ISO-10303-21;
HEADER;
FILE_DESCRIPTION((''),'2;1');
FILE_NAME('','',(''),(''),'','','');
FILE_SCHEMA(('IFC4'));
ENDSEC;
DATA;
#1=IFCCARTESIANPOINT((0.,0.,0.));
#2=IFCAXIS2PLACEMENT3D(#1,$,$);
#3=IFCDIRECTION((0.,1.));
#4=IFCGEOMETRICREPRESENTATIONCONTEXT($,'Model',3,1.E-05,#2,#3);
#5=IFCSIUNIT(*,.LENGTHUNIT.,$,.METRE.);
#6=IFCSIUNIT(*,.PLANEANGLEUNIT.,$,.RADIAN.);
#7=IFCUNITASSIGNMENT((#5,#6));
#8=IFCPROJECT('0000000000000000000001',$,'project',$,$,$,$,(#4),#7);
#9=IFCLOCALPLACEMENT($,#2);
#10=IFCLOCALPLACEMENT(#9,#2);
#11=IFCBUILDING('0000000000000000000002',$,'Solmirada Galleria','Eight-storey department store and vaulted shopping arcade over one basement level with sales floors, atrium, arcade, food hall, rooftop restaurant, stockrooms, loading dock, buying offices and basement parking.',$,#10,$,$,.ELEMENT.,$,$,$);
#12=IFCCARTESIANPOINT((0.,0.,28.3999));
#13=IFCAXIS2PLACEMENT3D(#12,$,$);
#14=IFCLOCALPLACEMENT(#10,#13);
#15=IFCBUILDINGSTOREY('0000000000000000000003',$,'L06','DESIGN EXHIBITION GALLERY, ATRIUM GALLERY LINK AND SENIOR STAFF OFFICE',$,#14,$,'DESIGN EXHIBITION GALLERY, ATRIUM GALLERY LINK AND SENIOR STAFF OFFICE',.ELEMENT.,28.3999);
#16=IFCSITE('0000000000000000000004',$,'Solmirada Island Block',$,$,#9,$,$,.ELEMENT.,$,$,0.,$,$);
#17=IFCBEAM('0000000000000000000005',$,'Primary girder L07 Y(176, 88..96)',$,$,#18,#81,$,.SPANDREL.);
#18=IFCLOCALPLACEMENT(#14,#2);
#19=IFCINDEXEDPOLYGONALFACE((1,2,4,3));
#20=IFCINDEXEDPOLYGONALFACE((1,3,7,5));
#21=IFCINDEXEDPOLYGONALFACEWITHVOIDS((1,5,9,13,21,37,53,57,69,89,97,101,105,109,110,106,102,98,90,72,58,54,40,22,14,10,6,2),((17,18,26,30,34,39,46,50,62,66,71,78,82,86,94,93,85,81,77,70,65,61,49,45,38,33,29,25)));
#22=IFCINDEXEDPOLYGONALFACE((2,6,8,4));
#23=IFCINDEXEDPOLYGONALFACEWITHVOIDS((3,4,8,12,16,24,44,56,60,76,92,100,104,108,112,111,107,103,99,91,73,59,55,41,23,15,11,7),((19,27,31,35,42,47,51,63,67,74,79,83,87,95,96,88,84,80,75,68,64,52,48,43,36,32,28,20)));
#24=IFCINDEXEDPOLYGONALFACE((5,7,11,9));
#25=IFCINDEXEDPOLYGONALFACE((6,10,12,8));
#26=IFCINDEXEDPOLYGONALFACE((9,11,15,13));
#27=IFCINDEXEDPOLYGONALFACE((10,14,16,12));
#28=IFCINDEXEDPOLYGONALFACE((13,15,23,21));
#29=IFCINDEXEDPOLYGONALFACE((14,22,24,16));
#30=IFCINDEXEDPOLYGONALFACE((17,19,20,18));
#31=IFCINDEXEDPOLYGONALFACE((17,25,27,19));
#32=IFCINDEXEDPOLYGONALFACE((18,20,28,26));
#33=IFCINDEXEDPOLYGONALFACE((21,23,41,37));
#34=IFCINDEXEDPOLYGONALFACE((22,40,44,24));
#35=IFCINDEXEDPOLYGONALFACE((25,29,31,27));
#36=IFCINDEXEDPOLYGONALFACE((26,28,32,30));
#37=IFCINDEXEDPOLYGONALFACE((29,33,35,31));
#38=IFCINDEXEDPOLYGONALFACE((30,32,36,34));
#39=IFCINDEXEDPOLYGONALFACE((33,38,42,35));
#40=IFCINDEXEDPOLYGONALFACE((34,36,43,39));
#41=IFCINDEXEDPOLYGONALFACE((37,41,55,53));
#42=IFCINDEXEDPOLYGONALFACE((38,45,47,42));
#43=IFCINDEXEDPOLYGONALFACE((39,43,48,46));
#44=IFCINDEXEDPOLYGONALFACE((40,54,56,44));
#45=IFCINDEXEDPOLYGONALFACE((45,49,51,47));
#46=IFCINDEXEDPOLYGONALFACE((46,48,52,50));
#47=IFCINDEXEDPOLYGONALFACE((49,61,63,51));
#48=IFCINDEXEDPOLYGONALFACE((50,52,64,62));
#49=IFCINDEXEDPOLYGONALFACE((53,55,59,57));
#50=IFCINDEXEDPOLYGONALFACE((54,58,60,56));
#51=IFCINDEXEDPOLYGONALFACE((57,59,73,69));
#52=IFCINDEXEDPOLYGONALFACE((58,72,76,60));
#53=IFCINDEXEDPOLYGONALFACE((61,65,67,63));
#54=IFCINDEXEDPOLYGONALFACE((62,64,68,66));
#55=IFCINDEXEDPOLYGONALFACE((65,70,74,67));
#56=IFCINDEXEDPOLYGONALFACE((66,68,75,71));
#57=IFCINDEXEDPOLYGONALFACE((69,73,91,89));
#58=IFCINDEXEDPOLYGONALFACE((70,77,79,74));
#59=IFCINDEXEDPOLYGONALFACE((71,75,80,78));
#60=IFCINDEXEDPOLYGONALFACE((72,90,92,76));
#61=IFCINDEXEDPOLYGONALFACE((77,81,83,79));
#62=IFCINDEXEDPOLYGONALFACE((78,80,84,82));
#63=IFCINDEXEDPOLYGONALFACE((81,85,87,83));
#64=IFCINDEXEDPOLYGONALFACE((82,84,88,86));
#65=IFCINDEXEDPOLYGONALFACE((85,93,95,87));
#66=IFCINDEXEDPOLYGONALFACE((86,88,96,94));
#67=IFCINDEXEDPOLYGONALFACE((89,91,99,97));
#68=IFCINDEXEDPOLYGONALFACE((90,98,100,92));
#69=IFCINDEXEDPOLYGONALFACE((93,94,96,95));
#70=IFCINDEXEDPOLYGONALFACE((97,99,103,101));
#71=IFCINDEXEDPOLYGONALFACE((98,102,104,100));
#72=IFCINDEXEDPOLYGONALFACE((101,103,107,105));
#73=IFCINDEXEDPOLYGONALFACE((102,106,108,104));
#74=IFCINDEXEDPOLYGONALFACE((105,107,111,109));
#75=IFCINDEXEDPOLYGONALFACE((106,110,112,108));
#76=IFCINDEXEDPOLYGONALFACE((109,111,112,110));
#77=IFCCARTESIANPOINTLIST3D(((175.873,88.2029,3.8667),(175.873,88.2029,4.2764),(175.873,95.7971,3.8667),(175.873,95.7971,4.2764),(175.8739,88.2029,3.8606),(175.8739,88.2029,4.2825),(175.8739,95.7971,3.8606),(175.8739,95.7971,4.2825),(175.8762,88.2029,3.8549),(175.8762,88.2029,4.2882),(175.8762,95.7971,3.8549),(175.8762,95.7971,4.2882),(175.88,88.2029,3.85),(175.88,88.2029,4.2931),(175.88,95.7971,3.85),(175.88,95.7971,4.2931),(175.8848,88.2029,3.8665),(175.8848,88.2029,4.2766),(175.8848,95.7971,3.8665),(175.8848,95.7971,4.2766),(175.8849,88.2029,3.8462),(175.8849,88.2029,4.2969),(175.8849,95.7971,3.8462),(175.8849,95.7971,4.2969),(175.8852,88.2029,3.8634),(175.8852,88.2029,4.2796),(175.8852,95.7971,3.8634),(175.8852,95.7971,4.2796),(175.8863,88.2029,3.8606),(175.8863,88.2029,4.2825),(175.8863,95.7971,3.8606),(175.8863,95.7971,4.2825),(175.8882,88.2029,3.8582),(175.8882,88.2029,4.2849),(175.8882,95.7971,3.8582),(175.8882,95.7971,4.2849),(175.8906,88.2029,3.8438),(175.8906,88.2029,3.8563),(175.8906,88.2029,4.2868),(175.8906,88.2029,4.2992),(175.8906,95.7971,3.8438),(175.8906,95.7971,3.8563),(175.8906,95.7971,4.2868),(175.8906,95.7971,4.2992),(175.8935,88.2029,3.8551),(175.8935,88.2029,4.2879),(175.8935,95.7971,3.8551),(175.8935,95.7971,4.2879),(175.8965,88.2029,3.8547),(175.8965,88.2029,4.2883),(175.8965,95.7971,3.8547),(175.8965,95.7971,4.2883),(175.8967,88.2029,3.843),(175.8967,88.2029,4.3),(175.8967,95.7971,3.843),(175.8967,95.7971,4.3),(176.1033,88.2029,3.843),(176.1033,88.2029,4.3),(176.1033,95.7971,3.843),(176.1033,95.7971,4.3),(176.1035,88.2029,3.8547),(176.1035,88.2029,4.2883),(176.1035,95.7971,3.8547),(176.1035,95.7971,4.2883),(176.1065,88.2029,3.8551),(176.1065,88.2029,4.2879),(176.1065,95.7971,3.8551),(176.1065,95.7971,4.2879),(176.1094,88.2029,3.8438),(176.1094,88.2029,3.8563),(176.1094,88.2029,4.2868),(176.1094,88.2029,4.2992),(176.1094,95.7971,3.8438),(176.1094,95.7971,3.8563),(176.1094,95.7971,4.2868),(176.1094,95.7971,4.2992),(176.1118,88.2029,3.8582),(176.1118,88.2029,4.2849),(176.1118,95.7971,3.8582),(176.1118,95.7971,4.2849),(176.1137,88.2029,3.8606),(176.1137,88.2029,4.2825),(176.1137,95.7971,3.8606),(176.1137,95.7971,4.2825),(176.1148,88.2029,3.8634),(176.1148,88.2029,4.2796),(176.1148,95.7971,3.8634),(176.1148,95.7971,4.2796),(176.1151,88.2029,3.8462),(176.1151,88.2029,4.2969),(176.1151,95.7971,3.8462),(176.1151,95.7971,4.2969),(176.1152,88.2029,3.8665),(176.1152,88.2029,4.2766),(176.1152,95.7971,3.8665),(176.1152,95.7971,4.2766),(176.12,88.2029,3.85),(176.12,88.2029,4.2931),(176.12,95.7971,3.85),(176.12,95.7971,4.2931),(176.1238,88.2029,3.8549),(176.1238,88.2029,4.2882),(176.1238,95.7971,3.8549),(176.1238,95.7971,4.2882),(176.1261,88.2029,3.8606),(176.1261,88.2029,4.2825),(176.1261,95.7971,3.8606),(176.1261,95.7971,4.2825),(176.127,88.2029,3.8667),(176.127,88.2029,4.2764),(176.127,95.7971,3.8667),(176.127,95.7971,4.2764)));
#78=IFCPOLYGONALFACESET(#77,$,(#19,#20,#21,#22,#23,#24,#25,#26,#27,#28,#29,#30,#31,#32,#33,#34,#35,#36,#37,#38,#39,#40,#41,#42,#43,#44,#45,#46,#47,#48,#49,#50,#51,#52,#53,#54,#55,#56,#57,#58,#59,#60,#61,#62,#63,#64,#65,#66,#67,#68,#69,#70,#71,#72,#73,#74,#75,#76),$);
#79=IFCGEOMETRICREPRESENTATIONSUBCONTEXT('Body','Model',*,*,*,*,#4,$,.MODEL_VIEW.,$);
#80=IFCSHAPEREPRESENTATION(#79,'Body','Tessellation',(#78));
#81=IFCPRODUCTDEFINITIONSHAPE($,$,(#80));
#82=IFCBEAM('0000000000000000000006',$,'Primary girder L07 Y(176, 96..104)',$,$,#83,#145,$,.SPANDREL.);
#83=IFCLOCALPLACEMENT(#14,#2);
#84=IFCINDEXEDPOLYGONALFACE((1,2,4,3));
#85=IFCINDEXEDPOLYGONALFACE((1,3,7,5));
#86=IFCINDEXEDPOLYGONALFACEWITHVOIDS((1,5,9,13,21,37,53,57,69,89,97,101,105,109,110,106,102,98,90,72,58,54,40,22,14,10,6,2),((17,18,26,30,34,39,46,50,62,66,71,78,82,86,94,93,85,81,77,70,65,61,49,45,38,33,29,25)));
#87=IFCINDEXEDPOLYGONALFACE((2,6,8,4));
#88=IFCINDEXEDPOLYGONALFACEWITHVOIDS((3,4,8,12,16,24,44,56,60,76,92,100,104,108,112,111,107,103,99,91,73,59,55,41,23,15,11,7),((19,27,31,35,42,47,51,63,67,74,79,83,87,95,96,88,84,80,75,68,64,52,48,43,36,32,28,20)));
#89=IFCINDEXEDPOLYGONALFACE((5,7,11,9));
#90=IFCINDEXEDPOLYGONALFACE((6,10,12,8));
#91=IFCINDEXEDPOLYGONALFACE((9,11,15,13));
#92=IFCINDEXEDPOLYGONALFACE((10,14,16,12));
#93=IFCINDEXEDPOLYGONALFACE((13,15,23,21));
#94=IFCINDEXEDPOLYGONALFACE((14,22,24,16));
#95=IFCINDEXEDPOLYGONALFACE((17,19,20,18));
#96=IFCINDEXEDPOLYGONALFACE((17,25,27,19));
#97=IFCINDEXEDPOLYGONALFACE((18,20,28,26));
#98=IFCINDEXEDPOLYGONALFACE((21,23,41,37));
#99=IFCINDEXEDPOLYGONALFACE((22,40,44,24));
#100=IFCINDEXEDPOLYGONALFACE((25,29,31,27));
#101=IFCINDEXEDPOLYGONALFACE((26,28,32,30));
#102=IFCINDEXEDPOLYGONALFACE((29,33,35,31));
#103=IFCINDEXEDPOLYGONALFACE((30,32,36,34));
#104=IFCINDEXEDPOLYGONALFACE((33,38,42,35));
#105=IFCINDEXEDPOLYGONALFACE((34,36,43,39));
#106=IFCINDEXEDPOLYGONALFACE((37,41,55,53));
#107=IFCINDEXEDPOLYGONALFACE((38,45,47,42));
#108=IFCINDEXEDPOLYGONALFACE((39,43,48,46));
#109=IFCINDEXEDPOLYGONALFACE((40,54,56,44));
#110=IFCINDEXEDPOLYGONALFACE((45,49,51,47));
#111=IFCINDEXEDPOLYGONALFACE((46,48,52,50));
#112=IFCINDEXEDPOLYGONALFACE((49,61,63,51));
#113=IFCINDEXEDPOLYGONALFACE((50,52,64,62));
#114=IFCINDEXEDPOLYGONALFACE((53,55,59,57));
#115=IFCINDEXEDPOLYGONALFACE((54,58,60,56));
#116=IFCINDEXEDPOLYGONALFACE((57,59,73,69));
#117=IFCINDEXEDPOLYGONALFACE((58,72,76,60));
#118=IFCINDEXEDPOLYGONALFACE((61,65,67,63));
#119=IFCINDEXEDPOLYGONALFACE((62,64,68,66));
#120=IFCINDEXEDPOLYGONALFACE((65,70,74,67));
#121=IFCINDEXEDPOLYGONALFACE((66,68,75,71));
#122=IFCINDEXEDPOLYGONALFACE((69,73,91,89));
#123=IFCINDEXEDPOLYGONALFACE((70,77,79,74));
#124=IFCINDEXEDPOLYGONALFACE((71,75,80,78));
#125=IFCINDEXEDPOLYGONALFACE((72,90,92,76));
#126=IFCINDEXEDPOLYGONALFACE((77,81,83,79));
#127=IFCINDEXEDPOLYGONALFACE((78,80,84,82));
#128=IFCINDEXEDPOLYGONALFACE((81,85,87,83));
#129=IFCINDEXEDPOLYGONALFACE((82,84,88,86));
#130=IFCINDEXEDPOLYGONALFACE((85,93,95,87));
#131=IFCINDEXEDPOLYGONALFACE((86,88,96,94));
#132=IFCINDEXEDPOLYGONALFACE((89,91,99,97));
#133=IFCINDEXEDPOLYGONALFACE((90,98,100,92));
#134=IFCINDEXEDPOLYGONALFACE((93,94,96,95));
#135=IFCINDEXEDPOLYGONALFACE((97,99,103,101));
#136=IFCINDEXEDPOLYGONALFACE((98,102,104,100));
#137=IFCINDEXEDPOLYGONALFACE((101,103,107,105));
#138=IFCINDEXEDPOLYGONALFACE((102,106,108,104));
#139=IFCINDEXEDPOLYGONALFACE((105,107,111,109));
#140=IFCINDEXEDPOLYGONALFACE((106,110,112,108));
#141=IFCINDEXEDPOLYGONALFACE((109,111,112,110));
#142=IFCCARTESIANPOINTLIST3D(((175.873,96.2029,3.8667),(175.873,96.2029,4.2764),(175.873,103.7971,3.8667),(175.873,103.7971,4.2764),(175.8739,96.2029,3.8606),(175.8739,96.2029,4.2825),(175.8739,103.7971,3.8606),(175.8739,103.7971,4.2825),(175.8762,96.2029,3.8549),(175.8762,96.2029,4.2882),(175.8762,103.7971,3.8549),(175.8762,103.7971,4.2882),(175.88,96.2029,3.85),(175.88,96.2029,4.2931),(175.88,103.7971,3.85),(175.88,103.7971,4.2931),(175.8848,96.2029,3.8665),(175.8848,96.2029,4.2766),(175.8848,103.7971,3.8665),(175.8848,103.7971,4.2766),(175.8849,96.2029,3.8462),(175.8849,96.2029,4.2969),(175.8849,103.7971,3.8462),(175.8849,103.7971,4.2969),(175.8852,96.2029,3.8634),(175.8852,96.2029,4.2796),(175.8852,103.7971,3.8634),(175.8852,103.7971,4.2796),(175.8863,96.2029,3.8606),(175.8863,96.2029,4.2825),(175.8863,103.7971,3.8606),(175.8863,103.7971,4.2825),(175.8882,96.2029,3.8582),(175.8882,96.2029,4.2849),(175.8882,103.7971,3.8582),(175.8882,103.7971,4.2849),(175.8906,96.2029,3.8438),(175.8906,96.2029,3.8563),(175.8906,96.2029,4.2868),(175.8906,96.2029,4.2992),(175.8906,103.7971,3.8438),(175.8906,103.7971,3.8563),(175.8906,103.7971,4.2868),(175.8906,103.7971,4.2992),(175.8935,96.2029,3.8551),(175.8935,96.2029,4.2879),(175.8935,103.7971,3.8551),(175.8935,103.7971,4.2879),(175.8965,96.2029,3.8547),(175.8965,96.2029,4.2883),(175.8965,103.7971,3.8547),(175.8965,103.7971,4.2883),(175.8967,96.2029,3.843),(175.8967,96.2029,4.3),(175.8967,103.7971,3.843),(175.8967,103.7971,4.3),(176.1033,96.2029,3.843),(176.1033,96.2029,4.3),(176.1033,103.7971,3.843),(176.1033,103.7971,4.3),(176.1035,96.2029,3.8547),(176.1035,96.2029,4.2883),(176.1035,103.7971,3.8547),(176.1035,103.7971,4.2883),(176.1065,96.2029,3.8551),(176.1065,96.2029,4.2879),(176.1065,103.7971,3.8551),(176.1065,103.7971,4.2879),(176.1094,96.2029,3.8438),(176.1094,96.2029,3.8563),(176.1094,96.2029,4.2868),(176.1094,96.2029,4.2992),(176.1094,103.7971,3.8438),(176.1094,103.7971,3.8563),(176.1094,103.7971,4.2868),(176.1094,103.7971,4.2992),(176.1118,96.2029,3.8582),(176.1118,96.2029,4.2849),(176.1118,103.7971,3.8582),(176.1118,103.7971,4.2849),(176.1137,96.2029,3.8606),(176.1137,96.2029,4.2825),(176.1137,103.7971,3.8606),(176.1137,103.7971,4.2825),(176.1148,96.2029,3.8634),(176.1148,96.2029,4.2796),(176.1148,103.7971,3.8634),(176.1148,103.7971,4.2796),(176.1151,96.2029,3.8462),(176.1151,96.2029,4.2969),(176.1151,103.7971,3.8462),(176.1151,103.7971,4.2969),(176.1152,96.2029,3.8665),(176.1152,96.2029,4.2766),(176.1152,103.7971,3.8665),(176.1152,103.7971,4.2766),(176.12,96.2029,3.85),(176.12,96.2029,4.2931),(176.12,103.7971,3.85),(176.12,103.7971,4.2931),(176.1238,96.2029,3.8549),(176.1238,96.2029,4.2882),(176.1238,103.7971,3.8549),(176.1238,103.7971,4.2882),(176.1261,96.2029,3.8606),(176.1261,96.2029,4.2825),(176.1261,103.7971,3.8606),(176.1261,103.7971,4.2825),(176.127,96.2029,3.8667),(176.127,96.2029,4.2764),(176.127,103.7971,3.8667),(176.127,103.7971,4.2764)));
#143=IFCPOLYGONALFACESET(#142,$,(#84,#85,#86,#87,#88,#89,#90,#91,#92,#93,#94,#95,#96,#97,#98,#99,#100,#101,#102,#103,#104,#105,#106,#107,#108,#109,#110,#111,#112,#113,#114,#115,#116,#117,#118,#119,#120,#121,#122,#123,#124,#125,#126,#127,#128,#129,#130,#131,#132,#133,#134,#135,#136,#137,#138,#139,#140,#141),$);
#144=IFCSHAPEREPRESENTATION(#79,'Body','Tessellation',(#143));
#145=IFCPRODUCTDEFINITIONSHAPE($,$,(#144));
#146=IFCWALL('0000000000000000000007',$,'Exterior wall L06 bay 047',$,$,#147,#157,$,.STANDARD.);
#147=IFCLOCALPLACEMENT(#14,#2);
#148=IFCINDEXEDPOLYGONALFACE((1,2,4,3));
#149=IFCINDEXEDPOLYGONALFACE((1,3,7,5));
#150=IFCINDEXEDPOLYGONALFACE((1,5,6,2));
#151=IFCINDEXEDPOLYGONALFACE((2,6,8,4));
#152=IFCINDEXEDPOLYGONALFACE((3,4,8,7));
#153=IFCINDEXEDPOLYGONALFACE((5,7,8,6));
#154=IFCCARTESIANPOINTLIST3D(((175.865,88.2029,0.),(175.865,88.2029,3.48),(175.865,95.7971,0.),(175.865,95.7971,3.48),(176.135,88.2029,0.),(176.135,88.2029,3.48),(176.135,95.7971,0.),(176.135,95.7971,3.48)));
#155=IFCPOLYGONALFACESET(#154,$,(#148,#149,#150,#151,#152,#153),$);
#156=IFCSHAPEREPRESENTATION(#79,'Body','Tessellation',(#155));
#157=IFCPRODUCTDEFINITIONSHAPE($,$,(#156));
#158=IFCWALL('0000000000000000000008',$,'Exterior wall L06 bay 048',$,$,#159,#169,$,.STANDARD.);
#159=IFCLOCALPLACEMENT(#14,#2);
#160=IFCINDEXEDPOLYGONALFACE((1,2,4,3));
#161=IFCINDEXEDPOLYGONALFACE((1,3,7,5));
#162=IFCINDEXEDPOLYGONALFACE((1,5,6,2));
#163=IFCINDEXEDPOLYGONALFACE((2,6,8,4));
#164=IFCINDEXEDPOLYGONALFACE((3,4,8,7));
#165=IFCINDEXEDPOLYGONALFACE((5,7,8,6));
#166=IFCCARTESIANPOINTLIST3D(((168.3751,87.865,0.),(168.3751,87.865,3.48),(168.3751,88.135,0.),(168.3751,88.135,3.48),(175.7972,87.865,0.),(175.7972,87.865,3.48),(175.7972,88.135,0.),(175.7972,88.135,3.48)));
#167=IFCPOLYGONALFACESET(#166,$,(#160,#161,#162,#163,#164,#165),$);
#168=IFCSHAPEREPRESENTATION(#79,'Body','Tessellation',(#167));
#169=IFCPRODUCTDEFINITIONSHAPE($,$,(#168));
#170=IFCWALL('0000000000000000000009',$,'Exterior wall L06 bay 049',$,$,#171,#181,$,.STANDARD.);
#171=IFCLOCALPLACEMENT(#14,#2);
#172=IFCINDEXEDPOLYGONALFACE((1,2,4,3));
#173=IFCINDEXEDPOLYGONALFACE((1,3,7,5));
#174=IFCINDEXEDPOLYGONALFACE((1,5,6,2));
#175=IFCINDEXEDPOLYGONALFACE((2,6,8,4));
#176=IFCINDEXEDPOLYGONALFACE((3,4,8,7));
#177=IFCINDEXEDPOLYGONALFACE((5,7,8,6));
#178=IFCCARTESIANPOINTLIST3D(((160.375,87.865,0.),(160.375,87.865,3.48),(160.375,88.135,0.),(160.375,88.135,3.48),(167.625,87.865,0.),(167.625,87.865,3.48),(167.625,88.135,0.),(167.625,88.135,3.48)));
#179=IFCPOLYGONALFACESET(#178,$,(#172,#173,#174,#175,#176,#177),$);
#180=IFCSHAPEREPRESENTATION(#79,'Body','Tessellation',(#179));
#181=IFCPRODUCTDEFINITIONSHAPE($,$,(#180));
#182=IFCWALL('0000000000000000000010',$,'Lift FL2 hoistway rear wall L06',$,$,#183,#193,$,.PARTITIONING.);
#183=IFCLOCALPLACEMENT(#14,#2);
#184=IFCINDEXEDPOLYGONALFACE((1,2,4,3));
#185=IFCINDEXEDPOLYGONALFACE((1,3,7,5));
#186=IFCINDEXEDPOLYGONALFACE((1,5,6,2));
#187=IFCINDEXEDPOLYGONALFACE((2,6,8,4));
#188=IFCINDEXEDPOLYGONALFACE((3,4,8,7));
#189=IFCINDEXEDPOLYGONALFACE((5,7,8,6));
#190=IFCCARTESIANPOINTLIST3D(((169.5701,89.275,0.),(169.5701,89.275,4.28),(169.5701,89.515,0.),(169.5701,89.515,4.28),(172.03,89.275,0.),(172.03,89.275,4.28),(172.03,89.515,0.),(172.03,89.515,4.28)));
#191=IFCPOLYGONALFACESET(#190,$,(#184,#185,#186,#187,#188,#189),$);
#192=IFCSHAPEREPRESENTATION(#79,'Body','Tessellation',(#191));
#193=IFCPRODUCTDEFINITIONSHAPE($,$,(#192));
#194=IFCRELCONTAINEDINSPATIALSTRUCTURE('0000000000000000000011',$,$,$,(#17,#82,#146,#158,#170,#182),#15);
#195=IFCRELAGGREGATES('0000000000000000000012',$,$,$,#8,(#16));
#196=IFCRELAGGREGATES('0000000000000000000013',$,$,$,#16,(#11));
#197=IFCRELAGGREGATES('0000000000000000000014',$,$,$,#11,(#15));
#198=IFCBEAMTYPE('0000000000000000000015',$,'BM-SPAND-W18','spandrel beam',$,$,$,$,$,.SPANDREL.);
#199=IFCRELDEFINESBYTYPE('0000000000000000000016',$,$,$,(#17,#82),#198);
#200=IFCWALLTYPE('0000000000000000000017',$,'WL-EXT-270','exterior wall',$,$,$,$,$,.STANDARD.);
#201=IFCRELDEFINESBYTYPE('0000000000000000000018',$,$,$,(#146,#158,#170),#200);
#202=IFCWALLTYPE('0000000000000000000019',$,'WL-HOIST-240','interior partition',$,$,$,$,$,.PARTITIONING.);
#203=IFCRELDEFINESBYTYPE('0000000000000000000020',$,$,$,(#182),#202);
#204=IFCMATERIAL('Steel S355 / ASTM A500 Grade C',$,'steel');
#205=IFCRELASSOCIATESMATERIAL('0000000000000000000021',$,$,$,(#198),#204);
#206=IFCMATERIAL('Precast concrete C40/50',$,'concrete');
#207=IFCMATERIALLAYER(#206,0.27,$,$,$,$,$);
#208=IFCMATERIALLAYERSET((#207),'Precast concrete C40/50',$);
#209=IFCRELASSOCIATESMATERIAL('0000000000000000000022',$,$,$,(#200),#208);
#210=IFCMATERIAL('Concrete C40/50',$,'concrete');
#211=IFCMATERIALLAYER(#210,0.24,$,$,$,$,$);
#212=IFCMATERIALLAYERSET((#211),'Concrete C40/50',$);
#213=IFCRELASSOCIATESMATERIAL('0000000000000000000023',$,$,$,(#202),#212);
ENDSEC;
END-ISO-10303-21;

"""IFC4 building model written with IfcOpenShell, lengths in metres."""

from ifc_helpers import new_model, si_unit, direction, frame, frame_2d, origin, origin_2d, place, context, subcontext, project, spatial, rectangle, hollow_rectangle, extrude, material, layer, layer_set, material_profile, profile_set, type_object, element, save


model = new_model("IFC4")

# Units and contexts
model_context = context("Model", 3, precision=1e-05, world=origin(), true_north=direction((0.0, 1.0)))
body_context = subcontext(model_context, "Body", "Model", "MODEL_VIEW")
ifc_project = project(units=[si_unit("LENGTHUNIT", "METRE"), si_unit("PLANEANGLEUNIT", "RADIAN")], contexts=[model_context])

# Site, building, storey
site_placement = place(None, origin())
site = spatial("IfcSite", under=ifc_project, at=site_placement, Name="Solmirada Island Block", CompositionType="ELEMENT", RefElevation=0.0)
building_placement = place(site_placement, origin())
building = spatial("IfcBuilding", under=site, at=building_placement, Name="Solmirada Galleria", Description="Eight-storey department store and vaulted shopping arcade over one basement level with sales floors, atrium, arcade, food hall, rooftop restaurant, stockrooms, loading dock, buying offices and basement parking.", CompositionType="ELEMENT")
storey_placement = place(building_placement, frame((0.0, 0.0, 28.3999)))
storey = spatial("IfcBuildingStorey", under=building, at=storey_placement, Name="L06", Description="DESIGN EXHIBITION GALLERY, ATRIUM GALLERY LINK AND SENIOR STAFF OFFICE", LongName="DESIGN EXHIBITION GALLERY, ATRIUM GALLERY LINK AND SENIOR STAFF OFFICE", CompositionType="ELEMENT", Elevation=28.3999)

# Shared definitions
ifc_material_1 = material(Name="Steel S355 / ASTM A500 Grade C", Category="steel")
ifc_material_2 = material(Name="Concrete C40/50", Category="concrete")

# Beams
ifc_material_profile_1 = material_profile(ifc_material_1, hollow_rectangle(XDim=0.2539, YDim=0.457, WallThickness=0.0117, InnerFilletRadius=0.0117, OuterFilletRadius=0.0237, at=origin_2d()), Name="HSS18X10X1/2")
ifc_profile_set_1 = profile_set([ifc_material_profile_1], Name="Steel S355 / ASTM A500 Grade C")
beam_type_1 = type_object("IfcBeamType", Name="BM-SPAND-W18", Description="spandrel beam", PredefinedType="SPANDREL", material=ifc_profile_set_1)
for number, where, z_axis, x_axis, name in (
    (1, (176.0, 88.2029, 4.0715), (0.0, 1.0, 0.0), (-1.0, 0.0, 0.0), "Primary girder L07 Y(176, 88..96)"),
    (2, (176.0, 96.2029, 4.0715), (0.0, 1.0, 0.0), (-1.0, 0.0, 0.0), "Primary girder L07 Y(176, 96..104)"),
):
    element("IfcBeam", number, at=place(storey_placement, frame(where, z_axis=z_axis, x_axis=x_axis)), inside=storey, type_object=beam_type_1, Name=name, PredefinedType="SPANDREL", context=body_context, shape_type="SweptSolid", body=[
        extrude(hollow_rectangle(XDim=0.2539, YDim=0.457, WallThickness=0.0117, InnerFilletRadius=0.0117, OuterFilletRadius=0.0237, at=origin_2d()), origin(), (0.0, 0.0, 1.0), 7.5942),
    ])

# Walls
ifc_material_3 = material(Name="Precast concrete C40/50", Category="concrete")
ifc_layer_1 = layer(ifc_material_3, 0.27)
ifc_layer_set_1 = layer_set([ifc_layer_1], Name="Precast concrete C40/50")
wall_type_1 = type_object("IfcWallType", Name="WL-EXT-270", Description="exterior wall", PredefinedType="STANDARD", material=ifc_layer_set_1)
wall_1_placement = place(storey_placement, frame((176.0, 95.7971, 0.0), z_axis=(0.0, 0.0, 1.0), x_axis=(0.0, -1.0, 0.0)))
element("IfcWall", 3, at=wall_1_placement, inside=storey, type_object=wall_type_1, Name="Exterior wall L06 bay 047", PredefinedType="STANDARD", context=body_context, shape_type="SweptSolid", body=[
    extrude(rectangle(XDim=7.5942, YDim=0.27, at=frame_2d((3.7971, 0.0))), origin(), (0.0, 0.0, 1.0), 3.48),
])
wall_2_placement = place(storey_placement, frame((175.7971, 88.0, 0.0), z_axis=(0.0, 0.0, 1.0), x_axis=(-1.0, 0.0, 0.0)))
element("IfcWall", 4, at=wall_2_placement, inside=storey, type_object=wall_type_1, Name="Exterior wall L06 bay 048", PredefinedType="STANDARD", context=body_context, shape_type="SweptSolid", body=[
    extrude(rectangle(XDim=7.4221, YDim=0.27, at=frame_2d((3.7109, 0.0))), origin(), (0.0, 0.0, 1.0), 3.48),
])
wall_3_placement = place(storey_placement, frame((167.625, 88.0, 0.0), z_axis=(0.0, 0.0, 1.0), x_axis=(-1.0, 0.0, 0.0)))
element("IfcWall", 5, at=wall_3_placement, inside=storey, type_object=wall_type_1, Name="Exterior wall L06 bay 049", PredefinedType="STANDARD", context=body_context, shape_type="SweptSolid", body=[
    extrude(rectangle(XDim=7.25, YDim=0.27, at=frame_2d((3.625, 0.0))), origin(), (0.0, 0.0, 1.0), 3.48),
])

# Shared definitions
ifc_layer_2 = layer(ifc_material_2, 0.24)
ifc_layer_set_2 = layer_set([ifc_layer_2], Name="Concrete C40/50")
wall_type_2 = type_object("IfcWallType", Name="WL-HOIST-240", Description="interior partition", PredefinedType="PARTITIONING", material=ifc_layer_set_2)

# Wall
wall_4_placement = place(storey_placement, frame((169.5701, 89.395, 0.0), z_axis=(0.0, 0.0, 1.0), x_axis=(1.0, 0.0, 0.0)))
element("IfcWall", 6, at=wall_4_placement, inside=storey, type_object=wall_type_2, Name="Lift FL2 hoistway rear wall L06", PredefinedType="PARTITIONING", context=body_context, shape_type="SweptSolid", body=[
    extrude(rectangle(XDim=2.46, YDim=0.24, at=frame_2d((1.23, 0.0))), origin(), (0.0, 0.0, 1.0), 4.28),
])

save(model, "model.ifc")
